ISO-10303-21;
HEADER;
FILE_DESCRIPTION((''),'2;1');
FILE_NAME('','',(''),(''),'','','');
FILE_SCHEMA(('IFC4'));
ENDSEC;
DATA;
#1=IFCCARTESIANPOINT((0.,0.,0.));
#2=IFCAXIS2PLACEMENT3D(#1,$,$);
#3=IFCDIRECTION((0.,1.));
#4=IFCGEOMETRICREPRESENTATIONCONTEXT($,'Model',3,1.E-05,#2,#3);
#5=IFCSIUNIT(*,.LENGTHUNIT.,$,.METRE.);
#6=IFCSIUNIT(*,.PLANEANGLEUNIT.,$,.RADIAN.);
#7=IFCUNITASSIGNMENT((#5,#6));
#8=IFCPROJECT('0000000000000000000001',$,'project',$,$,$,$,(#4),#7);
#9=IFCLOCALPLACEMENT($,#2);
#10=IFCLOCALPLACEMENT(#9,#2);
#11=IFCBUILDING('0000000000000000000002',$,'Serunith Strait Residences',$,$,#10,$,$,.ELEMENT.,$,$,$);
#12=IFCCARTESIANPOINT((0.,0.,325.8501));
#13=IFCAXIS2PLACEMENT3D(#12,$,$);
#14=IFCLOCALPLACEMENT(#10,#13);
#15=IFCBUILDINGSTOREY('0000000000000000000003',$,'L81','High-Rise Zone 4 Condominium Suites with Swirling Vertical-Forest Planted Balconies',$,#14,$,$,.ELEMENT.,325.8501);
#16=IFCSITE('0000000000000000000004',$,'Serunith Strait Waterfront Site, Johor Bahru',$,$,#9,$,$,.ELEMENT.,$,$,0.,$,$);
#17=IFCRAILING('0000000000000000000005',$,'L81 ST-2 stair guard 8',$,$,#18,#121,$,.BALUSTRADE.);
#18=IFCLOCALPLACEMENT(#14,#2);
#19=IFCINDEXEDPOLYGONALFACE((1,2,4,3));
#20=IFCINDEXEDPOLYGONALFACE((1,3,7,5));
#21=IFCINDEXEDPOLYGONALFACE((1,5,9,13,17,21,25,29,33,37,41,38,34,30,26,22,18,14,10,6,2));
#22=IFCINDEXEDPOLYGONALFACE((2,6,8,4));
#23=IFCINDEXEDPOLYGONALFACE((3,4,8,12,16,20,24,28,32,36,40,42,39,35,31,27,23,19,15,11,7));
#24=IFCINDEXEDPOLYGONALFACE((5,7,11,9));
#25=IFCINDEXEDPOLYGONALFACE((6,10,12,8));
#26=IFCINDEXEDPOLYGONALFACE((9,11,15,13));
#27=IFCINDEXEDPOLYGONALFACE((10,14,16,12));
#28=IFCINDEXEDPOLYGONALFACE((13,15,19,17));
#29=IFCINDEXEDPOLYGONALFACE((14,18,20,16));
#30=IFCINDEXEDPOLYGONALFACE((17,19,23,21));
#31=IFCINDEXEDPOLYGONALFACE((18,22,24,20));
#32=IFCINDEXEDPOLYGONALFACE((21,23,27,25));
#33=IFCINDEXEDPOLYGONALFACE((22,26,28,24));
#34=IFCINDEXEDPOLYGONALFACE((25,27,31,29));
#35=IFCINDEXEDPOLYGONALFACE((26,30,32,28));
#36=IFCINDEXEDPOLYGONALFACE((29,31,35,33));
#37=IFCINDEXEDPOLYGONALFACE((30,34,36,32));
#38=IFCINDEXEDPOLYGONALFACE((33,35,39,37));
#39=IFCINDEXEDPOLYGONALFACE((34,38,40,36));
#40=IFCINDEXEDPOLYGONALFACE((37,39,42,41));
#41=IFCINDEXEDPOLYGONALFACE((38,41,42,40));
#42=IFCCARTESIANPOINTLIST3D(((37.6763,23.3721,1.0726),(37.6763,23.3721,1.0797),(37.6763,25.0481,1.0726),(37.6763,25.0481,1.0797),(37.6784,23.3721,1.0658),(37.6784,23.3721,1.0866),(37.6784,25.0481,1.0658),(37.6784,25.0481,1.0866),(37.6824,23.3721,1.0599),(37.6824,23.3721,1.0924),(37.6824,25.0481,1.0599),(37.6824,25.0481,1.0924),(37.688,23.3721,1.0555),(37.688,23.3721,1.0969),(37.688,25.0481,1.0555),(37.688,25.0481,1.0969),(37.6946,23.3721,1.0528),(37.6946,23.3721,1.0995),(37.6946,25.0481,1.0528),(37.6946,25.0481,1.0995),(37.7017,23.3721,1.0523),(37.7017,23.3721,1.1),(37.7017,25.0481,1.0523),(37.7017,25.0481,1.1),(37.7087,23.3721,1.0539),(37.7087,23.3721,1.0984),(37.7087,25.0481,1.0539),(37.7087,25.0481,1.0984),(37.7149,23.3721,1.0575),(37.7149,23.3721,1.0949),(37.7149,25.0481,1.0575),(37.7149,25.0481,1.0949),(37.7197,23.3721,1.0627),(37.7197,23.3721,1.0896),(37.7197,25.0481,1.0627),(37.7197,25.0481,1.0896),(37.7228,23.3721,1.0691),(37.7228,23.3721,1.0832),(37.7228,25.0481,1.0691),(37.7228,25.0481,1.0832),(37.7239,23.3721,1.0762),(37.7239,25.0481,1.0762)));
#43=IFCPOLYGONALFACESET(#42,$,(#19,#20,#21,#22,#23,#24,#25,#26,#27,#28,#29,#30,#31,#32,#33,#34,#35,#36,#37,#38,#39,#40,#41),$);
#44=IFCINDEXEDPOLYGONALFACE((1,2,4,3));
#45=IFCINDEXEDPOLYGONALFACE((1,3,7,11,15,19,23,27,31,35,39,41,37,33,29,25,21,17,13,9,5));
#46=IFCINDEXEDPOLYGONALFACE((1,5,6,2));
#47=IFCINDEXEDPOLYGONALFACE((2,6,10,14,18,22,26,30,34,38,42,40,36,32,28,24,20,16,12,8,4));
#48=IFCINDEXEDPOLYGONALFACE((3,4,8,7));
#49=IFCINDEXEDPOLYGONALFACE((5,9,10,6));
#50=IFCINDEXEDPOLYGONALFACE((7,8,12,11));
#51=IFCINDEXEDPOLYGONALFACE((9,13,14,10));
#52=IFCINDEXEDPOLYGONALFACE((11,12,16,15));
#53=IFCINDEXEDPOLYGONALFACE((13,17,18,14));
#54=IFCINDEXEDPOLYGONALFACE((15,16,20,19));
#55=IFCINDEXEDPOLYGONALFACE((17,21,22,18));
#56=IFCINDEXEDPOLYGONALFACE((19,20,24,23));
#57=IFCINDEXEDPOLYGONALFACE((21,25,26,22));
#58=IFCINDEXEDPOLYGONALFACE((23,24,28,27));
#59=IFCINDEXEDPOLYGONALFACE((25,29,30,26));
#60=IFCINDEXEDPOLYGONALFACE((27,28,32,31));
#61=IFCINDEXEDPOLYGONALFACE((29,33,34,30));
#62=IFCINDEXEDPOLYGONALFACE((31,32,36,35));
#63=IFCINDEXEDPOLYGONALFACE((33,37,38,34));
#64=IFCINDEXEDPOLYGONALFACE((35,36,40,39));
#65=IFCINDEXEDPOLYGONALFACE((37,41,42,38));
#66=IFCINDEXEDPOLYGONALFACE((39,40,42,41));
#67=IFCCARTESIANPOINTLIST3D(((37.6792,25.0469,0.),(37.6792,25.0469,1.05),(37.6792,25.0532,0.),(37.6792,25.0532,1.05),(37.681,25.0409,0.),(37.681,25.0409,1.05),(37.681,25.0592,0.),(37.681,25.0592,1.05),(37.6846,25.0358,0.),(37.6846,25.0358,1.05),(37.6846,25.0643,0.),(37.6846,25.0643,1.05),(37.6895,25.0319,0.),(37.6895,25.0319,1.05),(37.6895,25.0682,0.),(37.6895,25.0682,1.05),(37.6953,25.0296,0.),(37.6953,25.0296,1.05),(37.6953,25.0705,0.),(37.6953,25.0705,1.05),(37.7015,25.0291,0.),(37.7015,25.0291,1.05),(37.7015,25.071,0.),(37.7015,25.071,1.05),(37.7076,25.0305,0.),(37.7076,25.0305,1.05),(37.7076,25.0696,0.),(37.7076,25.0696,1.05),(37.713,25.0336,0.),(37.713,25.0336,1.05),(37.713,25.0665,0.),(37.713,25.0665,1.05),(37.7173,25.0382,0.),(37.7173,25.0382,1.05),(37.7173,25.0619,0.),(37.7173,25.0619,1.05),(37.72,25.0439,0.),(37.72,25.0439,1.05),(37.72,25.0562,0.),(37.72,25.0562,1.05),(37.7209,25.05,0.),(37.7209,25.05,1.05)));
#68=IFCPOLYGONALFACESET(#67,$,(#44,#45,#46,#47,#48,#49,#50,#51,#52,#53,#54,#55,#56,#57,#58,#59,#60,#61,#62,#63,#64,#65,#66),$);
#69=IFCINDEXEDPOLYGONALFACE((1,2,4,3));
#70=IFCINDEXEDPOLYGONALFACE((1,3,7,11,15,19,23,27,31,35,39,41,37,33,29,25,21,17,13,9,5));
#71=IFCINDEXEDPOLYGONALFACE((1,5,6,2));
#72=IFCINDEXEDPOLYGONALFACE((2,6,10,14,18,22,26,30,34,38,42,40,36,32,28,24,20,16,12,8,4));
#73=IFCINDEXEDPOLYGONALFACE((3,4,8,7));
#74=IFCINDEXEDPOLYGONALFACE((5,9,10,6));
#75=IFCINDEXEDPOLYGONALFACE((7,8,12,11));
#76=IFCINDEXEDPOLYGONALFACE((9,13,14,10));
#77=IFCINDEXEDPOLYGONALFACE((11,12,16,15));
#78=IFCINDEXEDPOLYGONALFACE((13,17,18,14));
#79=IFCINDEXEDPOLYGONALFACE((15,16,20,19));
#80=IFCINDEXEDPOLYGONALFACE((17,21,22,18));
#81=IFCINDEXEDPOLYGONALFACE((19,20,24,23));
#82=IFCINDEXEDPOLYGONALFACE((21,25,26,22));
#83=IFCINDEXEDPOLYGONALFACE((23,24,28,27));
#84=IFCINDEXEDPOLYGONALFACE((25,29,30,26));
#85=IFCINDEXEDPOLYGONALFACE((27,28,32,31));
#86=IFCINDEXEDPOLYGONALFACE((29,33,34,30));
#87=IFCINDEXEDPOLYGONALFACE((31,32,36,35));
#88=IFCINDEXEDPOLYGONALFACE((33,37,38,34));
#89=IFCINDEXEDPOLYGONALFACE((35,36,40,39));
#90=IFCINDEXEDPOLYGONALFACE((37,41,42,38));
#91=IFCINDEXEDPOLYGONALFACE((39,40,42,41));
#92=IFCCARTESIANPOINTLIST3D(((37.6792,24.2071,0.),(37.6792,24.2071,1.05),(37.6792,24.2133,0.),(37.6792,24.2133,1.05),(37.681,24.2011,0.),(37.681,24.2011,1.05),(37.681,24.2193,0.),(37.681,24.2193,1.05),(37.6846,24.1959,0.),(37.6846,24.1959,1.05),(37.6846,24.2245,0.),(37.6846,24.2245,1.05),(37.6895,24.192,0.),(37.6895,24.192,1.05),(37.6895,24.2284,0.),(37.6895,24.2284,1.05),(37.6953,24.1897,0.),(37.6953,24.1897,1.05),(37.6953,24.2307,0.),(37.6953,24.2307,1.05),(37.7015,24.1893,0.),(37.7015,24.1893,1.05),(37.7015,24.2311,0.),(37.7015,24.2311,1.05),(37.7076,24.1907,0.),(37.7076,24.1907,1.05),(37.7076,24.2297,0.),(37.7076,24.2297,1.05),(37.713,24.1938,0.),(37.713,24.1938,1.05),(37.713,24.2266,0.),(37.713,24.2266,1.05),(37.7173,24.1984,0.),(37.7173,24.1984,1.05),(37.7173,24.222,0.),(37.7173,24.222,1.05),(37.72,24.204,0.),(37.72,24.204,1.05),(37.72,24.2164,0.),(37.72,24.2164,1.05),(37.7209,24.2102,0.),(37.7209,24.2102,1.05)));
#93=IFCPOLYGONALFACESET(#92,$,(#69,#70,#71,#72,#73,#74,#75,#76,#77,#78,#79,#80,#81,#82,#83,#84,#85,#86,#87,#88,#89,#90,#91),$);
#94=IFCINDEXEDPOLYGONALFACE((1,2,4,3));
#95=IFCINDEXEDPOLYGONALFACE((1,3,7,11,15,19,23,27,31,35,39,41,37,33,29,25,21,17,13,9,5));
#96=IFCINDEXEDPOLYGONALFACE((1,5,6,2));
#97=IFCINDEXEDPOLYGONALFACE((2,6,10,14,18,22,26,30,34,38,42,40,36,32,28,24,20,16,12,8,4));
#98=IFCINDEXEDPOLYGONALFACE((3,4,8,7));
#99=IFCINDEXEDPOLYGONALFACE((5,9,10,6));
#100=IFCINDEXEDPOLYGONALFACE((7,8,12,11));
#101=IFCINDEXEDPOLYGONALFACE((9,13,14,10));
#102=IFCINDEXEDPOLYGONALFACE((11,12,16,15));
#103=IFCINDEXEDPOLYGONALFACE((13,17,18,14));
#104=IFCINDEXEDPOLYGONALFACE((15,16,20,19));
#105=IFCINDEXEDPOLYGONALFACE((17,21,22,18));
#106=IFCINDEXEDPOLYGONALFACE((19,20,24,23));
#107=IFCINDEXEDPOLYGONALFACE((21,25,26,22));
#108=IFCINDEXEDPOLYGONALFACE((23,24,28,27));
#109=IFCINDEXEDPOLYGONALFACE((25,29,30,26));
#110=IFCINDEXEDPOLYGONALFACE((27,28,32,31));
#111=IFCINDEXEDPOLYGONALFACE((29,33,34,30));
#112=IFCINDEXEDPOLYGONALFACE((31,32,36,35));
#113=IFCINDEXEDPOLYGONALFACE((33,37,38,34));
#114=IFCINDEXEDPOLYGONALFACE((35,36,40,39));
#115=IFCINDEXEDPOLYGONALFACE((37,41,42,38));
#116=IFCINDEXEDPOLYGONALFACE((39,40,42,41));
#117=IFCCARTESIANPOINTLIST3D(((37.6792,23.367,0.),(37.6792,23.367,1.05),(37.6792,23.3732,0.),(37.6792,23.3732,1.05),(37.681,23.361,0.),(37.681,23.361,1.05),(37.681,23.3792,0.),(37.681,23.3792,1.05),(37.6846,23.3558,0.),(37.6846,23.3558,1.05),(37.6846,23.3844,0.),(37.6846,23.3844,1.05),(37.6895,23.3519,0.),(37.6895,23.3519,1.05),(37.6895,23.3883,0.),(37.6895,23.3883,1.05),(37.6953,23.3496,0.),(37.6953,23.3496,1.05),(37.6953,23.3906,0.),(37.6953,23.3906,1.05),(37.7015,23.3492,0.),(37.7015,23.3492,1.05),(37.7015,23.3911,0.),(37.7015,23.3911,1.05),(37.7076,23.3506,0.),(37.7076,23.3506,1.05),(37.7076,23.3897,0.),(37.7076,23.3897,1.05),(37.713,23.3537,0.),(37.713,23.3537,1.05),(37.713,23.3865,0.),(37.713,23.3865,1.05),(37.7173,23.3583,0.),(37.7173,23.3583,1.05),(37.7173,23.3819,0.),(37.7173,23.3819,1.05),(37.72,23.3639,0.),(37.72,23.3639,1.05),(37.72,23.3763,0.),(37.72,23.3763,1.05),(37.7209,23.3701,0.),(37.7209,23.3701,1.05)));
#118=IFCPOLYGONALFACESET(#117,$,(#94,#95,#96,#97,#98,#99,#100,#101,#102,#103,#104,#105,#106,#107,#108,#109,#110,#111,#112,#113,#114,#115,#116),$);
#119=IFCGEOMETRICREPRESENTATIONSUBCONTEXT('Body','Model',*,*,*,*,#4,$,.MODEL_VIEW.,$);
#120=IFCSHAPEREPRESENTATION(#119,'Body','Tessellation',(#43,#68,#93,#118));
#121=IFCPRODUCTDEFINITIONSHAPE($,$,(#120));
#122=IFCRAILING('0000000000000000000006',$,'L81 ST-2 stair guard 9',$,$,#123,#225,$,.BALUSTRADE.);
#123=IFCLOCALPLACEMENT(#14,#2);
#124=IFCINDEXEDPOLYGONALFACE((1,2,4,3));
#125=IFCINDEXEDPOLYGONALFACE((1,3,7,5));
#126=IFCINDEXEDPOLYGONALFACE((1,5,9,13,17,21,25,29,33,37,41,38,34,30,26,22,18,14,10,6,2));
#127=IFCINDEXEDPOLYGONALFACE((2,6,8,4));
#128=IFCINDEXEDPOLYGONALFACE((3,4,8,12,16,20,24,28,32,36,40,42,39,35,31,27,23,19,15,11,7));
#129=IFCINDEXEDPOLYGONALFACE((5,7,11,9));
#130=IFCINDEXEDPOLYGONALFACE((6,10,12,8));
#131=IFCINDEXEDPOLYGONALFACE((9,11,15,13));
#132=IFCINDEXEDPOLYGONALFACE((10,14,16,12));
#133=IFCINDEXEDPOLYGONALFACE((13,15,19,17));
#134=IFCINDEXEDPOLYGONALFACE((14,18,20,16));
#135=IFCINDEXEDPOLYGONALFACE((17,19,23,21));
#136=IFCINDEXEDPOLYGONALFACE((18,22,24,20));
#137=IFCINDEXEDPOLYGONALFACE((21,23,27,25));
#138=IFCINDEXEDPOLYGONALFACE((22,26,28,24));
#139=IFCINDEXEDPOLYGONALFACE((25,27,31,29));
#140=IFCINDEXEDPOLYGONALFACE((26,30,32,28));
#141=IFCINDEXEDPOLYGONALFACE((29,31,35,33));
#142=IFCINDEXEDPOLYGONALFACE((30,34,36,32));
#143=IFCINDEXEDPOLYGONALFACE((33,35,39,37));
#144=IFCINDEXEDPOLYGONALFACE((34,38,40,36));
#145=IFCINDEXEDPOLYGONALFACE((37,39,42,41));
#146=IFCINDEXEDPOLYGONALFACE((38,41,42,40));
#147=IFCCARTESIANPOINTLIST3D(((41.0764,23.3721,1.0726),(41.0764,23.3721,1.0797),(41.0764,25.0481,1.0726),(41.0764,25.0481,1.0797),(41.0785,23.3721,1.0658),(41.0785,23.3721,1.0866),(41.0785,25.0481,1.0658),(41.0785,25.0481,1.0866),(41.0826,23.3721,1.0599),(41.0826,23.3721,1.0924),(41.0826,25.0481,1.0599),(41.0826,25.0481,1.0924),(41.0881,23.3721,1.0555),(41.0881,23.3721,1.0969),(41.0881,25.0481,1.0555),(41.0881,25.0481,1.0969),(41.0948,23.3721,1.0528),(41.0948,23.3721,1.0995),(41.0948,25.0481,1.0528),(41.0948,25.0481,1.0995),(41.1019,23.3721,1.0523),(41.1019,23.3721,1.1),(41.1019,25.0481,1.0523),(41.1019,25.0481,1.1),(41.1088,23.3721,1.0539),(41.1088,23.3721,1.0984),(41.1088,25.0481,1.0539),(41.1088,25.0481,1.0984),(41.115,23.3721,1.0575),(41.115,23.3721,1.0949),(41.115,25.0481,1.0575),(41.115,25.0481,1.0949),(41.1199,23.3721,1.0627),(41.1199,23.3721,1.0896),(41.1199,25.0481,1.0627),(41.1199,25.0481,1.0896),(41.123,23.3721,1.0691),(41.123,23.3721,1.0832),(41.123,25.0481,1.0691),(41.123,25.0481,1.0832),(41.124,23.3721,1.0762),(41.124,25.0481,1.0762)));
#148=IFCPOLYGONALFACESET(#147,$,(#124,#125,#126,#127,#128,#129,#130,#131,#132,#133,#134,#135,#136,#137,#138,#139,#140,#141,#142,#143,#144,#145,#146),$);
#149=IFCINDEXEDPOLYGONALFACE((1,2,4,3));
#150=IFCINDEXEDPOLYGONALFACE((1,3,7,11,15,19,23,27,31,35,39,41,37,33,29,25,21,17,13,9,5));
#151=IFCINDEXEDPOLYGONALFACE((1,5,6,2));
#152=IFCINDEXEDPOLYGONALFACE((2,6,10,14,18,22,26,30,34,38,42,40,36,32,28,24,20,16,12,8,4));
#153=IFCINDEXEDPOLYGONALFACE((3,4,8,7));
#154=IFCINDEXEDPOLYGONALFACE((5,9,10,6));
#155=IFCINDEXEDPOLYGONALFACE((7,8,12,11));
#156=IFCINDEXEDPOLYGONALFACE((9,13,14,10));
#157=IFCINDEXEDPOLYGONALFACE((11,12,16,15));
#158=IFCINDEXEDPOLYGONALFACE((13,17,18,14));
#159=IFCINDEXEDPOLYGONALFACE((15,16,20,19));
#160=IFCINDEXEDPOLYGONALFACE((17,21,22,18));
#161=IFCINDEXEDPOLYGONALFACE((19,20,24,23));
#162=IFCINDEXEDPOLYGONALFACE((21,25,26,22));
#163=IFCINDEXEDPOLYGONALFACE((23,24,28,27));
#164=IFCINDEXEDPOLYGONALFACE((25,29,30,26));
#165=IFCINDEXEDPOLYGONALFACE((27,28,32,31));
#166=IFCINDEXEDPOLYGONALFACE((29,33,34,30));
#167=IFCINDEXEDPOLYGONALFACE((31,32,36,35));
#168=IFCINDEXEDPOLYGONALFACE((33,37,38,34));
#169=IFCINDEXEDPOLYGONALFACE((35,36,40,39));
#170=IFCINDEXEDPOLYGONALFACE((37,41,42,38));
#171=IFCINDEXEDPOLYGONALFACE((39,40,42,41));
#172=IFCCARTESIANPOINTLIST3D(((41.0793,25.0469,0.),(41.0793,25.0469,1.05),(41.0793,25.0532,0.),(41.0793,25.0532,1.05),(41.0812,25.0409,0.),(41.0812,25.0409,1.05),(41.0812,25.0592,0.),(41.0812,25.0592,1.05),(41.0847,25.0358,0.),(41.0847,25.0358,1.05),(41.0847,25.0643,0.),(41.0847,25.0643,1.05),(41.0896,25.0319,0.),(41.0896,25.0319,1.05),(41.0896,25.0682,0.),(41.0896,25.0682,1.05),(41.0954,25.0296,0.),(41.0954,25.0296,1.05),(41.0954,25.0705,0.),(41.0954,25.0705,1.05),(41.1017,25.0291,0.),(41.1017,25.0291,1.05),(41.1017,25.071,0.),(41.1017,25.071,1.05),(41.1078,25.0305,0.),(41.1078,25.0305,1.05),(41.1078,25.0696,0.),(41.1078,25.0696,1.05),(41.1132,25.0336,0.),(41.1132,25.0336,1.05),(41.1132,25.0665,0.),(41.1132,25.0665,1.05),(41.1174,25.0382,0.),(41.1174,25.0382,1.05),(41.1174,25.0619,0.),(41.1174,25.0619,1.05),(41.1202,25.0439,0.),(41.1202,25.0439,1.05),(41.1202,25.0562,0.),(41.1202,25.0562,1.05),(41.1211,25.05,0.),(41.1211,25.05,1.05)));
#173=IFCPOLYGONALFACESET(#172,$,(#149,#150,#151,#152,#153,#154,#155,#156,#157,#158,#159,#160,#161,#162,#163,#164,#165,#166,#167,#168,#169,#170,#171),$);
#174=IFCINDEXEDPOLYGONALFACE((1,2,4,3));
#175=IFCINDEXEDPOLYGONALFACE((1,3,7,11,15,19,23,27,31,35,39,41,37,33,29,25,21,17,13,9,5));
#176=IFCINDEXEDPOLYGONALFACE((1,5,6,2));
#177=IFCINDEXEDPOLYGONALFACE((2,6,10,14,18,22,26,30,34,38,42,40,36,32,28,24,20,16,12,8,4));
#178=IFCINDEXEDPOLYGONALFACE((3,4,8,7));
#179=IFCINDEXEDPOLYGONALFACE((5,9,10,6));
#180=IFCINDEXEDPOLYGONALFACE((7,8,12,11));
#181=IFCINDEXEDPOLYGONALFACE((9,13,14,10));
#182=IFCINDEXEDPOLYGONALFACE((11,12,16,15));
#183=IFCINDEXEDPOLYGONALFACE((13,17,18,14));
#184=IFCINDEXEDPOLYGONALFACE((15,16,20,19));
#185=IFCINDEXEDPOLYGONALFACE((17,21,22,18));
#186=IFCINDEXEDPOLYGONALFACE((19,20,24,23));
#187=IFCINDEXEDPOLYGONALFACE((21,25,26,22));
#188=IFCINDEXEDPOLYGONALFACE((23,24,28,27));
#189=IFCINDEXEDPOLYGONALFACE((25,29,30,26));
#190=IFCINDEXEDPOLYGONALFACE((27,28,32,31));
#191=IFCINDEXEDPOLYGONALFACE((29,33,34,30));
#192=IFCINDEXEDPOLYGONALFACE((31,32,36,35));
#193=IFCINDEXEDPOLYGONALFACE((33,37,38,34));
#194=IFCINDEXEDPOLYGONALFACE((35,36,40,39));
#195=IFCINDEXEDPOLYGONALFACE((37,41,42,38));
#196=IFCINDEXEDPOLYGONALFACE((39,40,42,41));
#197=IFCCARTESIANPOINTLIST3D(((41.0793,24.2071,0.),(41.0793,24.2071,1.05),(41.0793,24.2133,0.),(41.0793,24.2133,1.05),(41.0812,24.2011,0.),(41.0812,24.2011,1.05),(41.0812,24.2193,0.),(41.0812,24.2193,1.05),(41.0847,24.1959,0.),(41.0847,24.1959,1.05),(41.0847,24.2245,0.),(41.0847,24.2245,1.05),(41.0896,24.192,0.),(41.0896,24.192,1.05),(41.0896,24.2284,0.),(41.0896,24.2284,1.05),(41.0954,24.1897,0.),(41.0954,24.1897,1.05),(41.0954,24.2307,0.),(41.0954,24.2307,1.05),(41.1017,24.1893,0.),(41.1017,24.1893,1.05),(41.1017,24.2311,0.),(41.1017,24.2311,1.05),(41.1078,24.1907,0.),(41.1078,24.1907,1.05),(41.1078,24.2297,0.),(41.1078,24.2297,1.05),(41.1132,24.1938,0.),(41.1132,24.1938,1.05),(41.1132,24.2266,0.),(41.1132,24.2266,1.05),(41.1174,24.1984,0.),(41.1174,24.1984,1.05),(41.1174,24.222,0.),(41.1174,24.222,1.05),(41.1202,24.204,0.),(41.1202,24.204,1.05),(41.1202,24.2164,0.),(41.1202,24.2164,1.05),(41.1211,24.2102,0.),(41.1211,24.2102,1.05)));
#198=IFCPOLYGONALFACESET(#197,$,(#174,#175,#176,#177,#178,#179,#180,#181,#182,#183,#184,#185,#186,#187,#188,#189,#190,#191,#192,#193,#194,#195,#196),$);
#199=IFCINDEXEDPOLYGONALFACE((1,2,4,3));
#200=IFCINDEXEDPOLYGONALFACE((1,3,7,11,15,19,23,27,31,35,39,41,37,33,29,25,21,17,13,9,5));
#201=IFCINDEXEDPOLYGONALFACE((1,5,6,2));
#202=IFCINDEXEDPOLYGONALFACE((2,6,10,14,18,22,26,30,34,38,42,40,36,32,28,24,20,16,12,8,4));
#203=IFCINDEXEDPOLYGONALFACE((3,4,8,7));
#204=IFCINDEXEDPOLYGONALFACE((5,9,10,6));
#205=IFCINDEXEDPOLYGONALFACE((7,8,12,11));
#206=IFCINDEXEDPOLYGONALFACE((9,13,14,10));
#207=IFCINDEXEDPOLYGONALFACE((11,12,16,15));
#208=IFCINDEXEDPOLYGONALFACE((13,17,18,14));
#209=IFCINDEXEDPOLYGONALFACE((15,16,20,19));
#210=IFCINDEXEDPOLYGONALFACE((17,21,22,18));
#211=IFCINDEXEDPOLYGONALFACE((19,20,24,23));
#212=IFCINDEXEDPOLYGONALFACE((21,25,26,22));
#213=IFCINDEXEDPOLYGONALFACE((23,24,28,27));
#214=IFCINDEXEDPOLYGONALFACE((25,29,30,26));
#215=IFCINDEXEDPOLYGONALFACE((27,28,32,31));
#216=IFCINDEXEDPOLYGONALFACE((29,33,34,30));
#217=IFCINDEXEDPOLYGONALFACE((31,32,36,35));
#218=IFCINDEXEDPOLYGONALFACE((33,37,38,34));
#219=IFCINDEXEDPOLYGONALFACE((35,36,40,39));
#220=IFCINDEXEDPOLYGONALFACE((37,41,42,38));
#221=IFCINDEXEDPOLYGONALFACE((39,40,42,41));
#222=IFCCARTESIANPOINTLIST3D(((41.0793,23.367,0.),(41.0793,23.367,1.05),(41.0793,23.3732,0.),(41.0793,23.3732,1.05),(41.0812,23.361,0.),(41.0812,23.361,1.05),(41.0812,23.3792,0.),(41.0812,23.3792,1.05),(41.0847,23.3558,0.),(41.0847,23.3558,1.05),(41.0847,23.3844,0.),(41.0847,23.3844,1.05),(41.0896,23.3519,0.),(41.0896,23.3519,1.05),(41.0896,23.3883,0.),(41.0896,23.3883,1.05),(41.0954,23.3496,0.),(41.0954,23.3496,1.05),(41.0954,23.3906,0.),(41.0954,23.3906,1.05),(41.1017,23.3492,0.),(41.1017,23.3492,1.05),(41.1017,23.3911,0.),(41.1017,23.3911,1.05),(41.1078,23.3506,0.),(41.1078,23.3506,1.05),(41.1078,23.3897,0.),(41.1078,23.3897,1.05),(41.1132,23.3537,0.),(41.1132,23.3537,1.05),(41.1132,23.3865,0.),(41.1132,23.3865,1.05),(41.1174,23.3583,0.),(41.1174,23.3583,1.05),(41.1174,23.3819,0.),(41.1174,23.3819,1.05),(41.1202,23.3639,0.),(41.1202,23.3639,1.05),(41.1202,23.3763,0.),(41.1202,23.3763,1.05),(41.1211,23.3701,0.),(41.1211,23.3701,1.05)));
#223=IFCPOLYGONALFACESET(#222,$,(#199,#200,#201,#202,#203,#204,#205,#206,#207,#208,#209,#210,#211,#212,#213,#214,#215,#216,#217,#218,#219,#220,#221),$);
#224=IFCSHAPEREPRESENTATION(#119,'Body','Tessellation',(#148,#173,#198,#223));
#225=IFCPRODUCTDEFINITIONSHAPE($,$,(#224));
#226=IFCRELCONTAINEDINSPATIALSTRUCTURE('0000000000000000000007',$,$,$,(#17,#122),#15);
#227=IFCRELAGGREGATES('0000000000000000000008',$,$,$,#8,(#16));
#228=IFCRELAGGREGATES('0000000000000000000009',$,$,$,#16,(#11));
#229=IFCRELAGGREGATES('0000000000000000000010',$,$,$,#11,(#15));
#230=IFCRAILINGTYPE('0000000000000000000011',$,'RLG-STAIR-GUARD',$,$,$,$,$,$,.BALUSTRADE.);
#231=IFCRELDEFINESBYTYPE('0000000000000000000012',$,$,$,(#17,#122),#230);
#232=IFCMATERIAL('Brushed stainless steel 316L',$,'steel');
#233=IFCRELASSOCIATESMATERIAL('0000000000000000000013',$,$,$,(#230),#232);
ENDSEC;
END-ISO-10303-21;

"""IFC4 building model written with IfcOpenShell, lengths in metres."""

from ifc_helpers import new_model, si_unit, direction, frame, origin, origin_2d, place, context, subcontext, project, spatial, circle, extrude, material, type_object, element, save


model = new_model("IFC4")

# Units and contexts
model_context = context("Model", 3, precision=1e-05, world=origin(), true_north=direction((0.0, 1.0)))
body_context = subcontext(model_context, "Body", "Model", "MODEL_VIEW")
ifc_project = project(units=[si_unit("LENGTHUNIT", "METRE"), si_unit("PLANEANGLEUNIT", "RADIAN")], contexts=[model_context])

# Site, building, storey
site_placement = place(None, origin())
site = spatial("IfcSite", under=ifc_project, at=site_placement, Name="Serunith Strait Waterfront Site, Johor Bahru", CompositionType="ELEMENT", RefElevation=0.0)
building_placement = place(site_placement, origin())
building = spatial("IfcBuilding", under=site, at=building_placement, Name="Serunith Strait Residences", CompositionType="ELEMENT")
storey_placement = place(building_placement, frame((0.0, 0.0, 325.8501)))
storey = spatial("IfcBuildingStorey", under=building, at=storey_placement, Name="L81", Description="High-Rise Zone 4 Condominium Suites with Swirling Vertical-Forest Planted Balconies", CompositionType="ELEMENT", Elevation=325.8501)

# Railings
ifc_material_1 = material(Name="Brushed stainless steel 316L", Category="steel")
railing_type = type_object("IfcRailingType", Name="RLG-STAIR-GUARD", PredefinedType="BALUSTRADE", material=ifc_material_1)
for number, where, name in (
    (1, (37.7, 25.05, 0.0), "L81 ST-2 stair guard 8"),
    (2, (41.1001, 25.05, 0.0), "L81 ST-2 stair guard 9"),
):
    element("IfcRailing", number, at=place(storey_placement, frame(where)), inside=storey, type_object=railing_type, Name=name, PredefinedType="BALUSTRADE", context=body_context, shape_type="SweptSolid", body=[
        extrude(circle(Radius=0.0239, at=origin_2d()), frame((0.0, -0.002, 1.0762), z_axis=(0.0, -1.0, 0.0), x_axis=(1.0, 0.0, 0.0)), (0.0, 0.0, 1.0), 1.676),
        extrude(circle(Radius=0.021, at=origin_2d()), origin(), (0.0, 0.0, 1.0), 1.05),
        extrude(circle(Radius=0.021, at=origin_2d()), frame((0.0, -0.8398, 0.0)), (0.0, 0.0, 1.0), 1.05),
        extrude(circle(Radius=0.021, at=origin_2d()), frame((0.0, -1.6799, 0.0)), (0.0, 0.0, 1.0), 1.05),
    ])

save(model, "model.ifc")
